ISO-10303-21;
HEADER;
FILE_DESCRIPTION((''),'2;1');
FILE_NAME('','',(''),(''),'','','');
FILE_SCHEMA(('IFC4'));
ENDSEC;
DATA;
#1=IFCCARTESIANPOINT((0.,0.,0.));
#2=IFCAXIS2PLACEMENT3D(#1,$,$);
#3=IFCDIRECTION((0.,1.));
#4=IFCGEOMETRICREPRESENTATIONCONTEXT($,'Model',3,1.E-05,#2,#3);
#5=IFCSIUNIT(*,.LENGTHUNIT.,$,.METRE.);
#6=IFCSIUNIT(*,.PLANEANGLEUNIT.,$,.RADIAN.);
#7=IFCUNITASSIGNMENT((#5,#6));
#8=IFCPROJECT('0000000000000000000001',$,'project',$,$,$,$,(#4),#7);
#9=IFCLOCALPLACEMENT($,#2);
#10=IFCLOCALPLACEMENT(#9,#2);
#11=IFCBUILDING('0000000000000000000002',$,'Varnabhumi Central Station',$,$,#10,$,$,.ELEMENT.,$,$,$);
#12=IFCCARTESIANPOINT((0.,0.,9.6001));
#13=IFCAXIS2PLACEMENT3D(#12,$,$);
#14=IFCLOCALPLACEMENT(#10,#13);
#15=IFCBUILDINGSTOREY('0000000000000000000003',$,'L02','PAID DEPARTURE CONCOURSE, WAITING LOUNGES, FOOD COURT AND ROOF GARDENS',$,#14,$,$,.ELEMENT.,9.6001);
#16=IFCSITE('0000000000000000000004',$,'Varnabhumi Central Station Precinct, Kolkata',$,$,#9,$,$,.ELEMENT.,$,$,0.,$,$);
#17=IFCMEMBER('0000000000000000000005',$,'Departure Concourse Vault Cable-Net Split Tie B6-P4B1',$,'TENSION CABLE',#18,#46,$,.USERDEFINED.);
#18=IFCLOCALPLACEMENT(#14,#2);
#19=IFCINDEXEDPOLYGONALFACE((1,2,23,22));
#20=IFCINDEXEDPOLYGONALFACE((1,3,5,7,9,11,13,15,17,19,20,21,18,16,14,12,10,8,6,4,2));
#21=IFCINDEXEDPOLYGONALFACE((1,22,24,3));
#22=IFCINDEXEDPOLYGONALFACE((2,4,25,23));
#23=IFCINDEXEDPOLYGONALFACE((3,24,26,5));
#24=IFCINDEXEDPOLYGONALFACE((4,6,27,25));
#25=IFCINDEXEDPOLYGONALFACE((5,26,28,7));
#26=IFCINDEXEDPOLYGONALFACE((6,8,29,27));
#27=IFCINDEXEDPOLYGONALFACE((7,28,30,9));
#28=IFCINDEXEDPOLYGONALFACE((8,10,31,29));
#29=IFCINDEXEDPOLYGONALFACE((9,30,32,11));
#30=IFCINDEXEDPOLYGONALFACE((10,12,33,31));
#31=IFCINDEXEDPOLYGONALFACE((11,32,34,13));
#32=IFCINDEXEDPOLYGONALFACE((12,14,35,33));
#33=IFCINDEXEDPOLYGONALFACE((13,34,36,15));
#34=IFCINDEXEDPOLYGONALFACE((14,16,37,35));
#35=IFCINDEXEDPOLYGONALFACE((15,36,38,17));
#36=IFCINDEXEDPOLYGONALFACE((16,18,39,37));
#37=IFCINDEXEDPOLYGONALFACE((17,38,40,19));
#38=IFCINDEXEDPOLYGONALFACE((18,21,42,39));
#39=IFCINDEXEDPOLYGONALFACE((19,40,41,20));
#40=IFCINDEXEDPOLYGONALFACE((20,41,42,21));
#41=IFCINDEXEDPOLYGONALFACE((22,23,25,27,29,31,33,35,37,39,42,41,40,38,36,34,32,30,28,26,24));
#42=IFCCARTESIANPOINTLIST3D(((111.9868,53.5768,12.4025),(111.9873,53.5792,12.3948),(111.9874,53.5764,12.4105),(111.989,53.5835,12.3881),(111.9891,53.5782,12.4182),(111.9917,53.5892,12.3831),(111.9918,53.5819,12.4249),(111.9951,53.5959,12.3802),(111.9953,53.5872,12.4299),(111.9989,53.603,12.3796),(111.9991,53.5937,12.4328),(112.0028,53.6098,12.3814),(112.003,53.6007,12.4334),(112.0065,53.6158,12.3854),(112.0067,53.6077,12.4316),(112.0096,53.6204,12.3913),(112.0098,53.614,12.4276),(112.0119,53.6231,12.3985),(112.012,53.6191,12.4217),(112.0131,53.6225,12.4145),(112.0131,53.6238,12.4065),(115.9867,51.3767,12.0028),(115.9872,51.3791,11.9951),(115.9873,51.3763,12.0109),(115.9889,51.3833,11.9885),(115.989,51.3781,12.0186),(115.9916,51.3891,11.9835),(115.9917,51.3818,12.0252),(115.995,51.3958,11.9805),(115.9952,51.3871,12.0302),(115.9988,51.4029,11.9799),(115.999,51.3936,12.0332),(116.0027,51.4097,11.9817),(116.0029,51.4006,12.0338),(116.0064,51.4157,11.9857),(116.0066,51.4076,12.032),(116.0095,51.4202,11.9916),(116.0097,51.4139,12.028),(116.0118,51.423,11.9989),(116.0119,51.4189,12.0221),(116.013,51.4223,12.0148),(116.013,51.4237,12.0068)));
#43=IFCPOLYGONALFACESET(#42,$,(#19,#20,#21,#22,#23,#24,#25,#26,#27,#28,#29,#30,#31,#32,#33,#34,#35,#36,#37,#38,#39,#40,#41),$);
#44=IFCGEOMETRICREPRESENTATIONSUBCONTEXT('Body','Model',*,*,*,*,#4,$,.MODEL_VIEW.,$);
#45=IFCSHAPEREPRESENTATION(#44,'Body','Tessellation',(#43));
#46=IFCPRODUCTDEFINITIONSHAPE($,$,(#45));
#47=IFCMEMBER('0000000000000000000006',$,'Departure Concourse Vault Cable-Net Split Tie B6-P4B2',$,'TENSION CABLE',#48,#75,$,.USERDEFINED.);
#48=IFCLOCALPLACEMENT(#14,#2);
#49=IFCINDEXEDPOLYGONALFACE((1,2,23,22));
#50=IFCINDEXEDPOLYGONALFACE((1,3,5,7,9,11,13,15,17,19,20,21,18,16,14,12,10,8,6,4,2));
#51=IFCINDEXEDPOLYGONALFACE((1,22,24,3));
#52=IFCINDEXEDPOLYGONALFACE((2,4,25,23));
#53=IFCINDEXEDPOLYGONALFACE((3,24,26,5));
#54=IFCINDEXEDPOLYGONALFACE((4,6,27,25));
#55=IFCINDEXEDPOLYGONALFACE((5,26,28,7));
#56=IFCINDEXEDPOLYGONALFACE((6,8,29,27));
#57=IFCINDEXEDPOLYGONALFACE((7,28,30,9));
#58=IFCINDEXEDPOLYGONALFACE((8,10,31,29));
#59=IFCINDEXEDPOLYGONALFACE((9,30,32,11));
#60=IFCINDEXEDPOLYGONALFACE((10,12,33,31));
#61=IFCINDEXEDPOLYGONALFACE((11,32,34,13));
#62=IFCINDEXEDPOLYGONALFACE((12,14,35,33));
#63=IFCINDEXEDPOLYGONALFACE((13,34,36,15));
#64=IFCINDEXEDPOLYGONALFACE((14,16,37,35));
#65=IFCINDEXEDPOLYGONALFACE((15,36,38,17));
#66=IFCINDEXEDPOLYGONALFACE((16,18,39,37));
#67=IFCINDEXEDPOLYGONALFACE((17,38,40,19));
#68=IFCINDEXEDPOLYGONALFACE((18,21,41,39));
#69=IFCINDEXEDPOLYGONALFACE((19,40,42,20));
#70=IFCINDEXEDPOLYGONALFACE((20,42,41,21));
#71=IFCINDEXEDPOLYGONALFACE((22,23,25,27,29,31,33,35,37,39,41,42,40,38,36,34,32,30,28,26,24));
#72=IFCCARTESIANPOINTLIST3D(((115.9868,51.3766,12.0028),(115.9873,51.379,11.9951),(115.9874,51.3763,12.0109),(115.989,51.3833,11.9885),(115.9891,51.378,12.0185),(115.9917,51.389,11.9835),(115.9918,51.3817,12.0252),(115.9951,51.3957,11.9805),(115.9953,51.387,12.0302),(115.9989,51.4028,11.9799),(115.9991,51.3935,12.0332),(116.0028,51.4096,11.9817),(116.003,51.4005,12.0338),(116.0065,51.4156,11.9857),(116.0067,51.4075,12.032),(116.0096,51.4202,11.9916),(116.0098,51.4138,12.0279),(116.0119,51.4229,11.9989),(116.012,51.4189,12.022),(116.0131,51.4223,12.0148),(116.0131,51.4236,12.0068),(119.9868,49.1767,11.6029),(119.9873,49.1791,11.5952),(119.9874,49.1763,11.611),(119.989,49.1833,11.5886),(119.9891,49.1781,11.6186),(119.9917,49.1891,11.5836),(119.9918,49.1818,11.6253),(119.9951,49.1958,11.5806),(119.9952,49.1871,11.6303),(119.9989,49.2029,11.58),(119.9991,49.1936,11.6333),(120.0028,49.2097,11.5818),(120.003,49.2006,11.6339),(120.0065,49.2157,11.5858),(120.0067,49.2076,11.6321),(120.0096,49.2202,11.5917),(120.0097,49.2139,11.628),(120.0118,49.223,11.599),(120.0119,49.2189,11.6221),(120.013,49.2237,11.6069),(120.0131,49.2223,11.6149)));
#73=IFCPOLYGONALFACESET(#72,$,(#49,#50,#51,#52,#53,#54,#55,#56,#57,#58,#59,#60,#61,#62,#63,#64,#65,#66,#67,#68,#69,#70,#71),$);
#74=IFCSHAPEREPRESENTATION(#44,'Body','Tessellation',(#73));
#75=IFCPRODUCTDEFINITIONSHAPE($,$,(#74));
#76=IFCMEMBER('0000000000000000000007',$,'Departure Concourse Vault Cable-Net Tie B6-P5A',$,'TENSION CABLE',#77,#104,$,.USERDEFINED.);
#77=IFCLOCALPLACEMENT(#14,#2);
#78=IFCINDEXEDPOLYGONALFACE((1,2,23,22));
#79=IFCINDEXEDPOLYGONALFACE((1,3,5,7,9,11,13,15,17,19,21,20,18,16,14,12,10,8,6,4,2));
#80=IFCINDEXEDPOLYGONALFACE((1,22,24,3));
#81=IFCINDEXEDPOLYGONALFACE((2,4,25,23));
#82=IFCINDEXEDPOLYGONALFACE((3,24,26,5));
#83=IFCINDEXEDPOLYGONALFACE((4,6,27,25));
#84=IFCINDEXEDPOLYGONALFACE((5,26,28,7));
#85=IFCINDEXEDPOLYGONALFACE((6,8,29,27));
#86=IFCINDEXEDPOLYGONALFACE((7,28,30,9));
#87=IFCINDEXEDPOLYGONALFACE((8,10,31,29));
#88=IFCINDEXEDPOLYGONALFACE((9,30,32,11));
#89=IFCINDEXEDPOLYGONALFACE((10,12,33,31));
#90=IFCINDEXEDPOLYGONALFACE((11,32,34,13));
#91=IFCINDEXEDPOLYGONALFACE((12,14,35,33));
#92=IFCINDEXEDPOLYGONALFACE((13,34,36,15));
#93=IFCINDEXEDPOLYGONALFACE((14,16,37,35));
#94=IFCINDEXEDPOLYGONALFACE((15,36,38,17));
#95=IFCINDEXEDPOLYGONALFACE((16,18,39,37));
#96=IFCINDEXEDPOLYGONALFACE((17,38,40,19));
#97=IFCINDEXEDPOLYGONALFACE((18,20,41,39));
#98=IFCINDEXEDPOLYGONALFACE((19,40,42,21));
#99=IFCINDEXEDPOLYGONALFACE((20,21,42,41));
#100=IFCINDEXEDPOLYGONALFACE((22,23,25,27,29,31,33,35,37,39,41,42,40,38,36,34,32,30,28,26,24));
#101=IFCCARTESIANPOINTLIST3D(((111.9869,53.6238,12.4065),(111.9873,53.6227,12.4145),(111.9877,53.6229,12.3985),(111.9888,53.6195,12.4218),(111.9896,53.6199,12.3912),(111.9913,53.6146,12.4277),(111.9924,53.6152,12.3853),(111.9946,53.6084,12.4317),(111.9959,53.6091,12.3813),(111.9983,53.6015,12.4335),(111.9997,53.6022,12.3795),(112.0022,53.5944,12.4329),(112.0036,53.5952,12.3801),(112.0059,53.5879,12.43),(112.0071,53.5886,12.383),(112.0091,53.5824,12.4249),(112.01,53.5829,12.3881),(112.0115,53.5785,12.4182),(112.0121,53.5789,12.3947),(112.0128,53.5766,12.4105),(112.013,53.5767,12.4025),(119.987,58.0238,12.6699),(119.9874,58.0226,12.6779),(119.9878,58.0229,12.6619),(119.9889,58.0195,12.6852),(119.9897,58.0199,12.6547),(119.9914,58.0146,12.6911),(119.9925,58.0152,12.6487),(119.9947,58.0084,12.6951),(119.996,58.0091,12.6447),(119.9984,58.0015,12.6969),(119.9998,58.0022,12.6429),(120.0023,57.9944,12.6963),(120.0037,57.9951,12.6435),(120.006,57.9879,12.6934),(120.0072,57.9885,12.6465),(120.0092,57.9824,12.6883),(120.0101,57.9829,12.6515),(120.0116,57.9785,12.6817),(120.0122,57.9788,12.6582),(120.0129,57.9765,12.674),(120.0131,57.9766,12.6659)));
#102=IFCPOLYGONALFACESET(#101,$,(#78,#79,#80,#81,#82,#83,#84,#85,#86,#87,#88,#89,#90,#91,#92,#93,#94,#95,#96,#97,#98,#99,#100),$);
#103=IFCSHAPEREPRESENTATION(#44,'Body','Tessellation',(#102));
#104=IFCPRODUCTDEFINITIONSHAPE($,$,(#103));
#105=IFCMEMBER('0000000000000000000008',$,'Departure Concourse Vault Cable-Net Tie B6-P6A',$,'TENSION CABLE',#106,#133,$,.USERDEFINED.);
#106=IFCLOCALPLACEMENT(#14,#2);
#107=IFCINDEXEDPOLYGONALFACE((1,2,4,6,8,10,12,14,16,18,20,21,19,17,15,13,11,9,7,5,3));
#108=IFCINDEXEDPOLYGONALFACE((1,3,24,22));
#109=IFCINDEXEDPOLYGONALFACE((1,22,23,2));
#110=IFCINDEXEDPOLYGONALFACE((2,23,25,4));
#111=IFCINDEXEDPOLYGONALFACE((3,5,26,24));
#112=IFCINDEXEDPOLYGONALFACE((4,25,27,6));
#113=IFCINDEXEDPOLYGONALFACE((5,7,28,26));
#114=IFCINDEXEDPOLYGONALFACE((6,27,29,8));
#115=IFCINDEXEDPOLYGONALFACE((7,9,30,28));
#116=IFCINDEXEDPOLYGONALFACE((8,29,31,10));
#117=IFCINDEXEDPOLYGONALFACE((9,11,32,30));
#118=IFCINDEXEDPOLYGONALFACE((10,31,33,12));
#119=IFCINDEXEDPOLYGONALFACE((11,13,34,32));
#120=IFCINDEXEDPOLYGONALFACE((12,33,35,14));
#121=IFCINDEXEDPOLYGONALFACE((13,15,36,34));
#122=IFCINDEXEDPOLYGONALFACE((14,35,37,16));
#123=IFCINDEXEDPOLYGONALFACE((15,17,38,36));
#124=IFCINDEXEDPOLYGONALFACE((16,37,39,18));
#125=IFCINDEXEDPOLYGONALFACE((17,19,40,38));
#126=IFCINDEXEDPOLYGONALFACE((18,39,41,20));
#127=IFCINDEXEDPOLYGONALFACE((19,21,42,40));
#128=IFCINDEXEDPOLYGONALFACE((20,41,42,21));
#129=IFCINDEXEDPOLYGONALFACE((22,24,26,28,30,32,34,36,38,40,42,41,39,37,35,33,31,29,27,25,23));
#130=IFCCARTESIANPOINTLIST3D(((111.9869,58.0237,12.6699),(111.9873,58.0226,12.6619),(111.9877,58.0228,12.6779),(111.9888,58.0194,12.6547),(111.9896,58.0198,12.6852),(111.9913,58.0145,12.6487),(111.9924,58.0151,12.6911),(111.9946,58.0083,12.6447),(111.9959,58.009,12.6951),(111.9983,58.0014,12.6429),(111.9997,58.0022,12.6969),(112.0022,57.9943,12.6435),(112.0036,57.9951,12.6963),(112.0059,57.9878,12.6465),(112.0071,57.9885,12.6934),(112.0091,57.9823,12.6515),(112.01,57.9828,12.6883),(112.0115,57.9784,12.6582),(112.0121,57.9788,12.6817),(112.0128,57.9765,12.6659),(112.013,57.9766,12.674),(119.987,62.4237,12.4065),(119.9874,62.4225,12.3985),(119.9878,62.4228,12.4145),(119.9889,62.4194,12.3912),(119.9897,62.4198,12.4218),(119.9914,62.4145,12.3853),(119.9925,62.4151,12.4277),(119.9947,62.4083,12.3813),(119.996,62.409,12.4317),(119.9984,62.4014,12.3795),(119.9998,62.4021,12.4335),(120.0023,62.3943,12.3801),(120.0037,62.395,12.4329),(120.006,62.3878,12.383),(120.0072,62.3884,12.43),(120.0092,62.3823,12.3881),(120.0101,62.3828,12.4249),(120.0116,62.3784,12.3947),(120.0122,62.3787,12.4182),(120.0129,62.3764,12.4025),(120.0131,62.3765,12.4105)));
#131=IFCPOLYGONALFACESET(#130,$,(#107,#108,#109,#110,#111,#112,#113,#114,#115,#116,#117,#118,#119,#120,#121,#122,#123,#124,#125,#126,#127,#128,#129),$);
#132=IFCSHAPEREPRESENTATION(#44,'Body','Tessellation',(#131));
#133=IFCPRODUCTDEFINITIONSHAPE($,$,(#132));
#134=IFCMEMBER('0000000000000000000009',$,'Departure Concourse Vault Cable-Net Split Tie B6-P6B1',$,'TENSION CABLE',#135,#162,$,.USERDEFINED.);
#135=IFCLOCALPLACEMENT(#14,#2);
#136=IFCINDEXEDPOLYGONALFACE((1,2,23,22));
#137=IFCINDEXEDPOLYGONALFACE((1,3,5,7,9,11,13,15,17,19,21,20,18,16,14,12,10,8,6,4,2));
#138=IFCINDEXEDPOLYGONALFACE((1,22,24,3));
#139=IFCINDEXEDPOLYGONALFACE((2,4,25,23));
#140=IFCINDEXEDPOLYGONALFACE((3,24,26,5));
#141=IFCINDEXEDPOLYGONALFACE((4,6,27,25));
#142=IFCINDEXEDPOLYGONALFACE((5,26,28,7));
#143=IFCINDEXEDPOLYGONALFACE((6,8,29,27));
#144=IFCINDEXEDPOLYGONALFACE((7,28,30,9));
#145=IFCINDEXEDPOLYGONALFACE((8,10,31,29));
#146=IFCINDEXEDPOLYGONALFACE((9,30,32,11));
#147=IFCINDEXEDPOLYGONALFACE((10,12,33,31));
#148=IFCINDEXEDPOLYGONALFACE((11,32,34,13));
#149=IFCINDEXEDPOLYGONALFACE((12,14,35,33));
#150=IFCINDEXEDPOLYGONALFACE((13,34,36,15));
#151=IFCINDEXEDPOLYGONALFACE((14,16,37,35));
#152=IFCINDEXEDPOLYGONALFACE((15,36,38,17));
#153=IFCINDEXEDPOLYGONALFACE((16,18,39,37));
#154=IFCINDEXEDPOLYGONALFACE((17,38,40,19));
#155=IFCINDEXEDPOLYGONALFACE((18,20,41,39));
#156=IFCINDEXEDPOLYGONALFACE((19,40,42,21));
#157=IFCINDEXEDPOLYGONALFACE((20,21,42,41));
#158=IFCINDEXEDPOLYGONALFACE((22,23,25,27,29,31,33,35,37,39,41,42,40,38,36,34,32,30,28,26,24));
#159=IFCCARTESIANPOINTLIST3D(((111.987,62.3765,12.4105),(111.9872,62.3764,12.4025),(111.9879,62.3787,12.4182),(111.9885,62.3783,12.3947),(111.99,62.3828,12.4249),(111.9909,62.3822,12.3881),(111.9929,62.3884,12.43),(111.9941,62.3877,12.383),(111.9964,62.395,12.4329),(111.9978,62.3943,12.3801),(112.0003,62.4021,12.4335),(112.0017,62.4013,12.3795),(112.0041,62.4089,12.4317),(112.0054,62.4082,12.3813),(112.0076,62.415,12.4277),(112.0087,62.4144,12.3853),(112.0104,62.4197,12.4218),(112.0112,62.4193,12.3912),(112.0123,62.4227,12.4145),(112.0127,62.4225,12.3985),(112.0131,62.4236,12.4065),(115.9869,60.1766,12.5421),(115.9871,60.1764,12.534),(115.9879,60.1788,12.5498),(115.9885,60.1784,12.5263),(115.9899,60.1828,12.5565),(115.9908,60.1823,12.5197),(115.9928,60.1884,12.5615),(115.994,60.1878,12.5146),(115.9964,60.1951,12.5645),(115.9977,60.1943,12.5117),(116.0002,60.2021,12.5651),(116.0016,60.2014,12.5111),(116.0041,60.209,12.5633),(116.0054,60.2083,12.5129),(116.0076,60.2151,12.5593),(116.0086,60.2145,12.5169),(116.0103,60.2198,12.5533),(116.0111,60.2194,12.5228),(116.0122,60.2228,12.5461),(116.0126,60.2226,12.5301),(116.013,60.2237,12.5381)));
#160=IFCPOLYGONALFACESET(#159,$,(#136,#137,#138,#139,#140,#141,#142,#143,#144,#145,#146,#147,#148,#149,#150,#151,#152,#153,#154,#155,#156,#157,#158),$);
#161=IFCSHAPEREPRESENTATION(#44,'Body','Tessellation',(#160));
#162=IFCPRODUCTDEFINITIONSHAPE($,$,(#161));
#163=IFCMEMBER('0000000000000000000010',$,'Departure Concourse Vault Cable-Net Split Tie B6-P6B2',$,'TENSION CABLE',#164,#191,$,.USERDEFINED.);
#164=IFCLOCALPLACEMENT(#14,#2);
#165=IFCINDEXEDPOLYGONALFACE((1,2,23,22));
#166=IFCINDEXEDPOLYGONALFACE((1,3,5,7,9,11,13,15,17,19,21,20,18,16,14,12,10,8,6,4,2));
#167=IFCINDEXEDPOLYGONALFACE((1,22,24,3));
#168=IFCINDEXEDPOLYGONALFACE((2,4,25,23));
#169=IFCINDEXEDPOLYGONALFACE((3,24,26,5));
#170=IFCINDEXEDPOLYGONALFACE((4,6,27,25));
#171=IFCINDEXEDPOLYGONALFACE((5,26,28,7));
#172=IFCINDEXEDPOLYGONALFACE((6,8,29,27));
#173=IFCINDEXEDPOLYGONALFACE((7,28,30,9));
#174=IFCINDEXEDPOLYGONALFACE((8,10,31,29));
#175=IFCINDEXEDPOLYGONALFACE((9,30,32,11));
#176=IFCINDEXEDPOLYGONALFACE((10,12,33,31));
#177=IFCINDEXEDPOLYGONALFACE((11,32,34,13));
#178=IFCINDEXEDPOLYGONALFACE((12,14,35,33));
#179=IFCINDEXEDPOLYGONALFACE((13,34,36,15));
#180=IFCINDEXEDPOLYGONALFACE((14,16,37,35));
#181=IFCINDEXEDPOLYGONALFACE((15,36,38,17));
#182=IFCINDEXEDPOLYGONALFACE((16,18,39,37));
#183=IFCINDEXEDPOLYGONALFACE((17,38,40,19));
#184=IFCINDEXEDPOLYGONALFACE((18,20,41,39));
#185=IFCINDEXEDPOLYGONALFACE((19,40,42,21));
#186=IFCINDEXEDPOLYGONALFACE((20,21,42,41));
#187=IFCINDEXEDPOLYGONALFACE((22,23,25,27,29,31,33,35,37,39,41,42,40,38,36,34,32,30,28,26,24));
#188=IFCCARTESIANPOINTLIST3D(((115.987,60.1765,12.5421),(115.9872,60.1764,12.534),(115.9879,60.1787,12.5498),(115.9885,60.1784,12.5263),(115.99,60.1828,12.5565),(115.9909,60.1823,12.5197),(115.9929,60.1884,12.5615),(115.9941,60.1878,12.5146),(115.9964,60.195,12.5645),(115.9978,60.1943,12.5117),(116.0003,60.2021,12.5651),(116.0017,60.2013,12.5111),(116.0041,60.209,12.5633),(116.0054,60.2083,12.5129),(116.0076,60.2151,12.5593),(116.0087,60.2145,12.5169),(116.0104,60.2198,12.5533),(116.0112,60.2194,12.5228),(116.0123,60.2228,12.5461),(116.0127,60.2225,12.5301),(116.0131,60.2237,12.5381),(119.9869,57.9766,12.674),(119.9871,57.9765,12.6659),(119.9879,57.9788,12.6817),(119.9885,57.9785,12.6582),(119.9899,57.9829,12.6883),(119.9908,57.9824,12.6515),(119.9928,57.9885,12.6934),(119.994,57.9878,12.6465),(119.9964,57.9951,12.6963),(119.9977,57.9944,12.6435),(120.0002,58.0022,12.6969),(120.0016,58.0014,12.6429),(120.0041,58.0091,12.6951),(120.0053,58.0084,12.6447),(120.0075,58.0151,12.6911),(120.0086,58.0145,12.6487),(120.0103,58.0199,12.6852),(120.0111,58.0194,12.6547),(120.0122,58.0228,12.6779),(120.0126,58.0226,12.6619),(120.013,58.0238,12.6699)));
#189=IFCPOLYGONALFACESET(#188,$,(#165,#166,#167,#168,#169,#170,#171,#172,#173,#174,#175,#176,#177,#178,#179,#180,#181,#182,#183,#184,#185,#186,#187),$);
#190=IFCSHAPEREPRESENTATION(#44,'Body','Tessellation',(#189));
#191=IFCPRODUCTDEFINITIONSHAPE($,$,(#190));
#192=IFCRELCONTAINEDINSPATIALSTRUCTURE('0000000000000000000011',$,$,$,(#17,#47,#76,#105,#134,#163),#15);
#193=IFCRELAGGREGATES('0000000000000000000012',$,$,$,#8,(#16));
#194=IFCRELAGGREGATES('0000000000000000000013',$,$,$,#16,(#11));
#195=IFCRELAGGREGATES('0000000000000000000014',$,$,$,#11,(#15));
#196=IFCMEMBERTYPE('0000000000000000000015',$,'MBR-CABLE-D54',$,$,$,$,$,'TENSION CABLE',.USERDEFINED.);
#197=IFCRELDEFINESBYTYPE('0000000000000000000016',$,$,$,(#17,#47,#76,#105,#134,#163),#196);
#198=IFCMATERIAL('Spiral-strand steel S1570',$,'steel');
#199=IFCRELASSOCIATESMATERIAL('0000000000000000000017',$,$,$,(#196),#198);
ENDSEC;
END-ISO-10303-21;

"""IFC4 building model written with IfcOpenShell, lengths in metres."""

from ifc_helpers import new_model, si_unit, direction, frame, origin, origin_2d, place, context, subcontext, project, spatial, circle, extrude, material, material_profile, profile_set, type_object, element, save


model = new_model("IFC4")

# Units and contexts
model_context = context("Model", 3, precision=1e-05, world=origin(), true_north=direction((0.0, 1.0)))
body_context = subcontext(model_context, "Body", "Model", "MODEL_VIEW")
ifc_project = project(units=[si_unit("LENGTHUNIT", "METRE"), si_unit("PLANEANGLEUNIT", "RADIAN")], contexts=[model_context])

# Site, building, storey
site_placement = place(None, origin())
site = spatial("IfcSite", under=ifc_project, at=site_placement, Name="Varnabhumi Central Station Precinct, Kolkata", CompositionType="ELEMENT", RefElevation=0.0)
building_placement = place(site_placement, origin())
building = spatial("IfcBuilding", under=site, at=building_placement, Name="Varnabhumi Central Station", CompositionType="ELEMENT")
storey_placement = place(building_placement, frame((0.0, 0.0, 9.6001)))
storey = spatial("IfcBuildingStorey", under=building, at=storey_placement, Name="L02", Description="PAID DEPARTURE CONCOURSE, WAITING LOUNGES, FOOD COURT AND ROOF GARDENS", CompositionType="ELEMENT", Elevation=9.6001)

# Members
ifc_material_1 = material(Name="Spiral-strand steel S1570", Category="steel")
ifc_material_profile_1 = material_profile(ifc_material_1, circle(Radius=0.0271, at=origin_2d()), Name="Spiral-strand steel S1570", Category="steel")
ifc_profile_set_1 = profile_set([ifc_material_profile_1], Name="Spiral-strand steel S1570")
member_type = type_object("IfcMemberType", Name="MBR-CABLE-D54", ElementType="TENSION CABLE", PredefinedType="USERDEFINED", material=ifc_profile_set_1)
for number, where, z_axis, x_axis, name in (
    (1, (112.0, 53.6001, 12.4065), (0.872859, -0.480115, -0.087211), (0.481952, 0.876198, 0.0), "Departure Concourse Vault Cable-Net Split Tie B6-P4B1"),
    (2, (116.0, 51.3999, 12.0068), (0.872878, -0.480072, -0.087266), (0.481911, 0.87622, 0.0), "Departure Concourse Vault Cable-Net Split Tie B6-P4B2"),
):
    element("IfcMember", number, at=place(storey_placement, frame(where, z_axis=z_axis, x_axis=x_axis)), inside=storey, type_object=member_type, Name=name, ObjectType="TENSION CABLE", PredefinedType="USERDEFINED", context=body_context, shape_type="SweptSolid", body=[
        extrude(circle(Radius=0.0271, at=origin_2d()), origin(), (0.0, 0.0, 1.0), 4.5825),
    ])
for number, where, z_axis, x_axis, name in (
    (3, (112.0, 53.6001, 12.4065), (0.875856, 0.48171, 0.028841), (-0.481911, 0.87622, 0.0), "Departure Concourse Vault Cable-Net Tie B6-P5A"),
    (4, (112.0, 58.0, 12.6699), (0.875856, 0.48171, -0.028841), (-0.481911, 0.87622, 0.0), "Departure Concourse Vault Cable-Net Tie B6-P6A"),
):
    element("IfcMember", number, at=place(storey_placement, frame(where, z_axis=z_axis, x_axis=x_axis)), inside=storey, type_object=member_type, Name=name, ObjectType="TENSION CABLE", PredefinedType="USERDEFINED", context=body_context, shape_type="SweptSolid", body=[
        extrude(circle(Radius=0.0271, at=origin_2d()), origin(), (0.0, 0.0, 1.0), 9.134),
    ])
for number, where, z_axis, x_axis, name in (
    (5, (112.0, 62.3999, 12.4065), (0.875857, -0.48171, 0.028814), (0.481911, 0.87622, 0.0), "Departure Concourse Vault Cable-Net Split Tie B6-P6B1"),
    (6, (116.0, 60.2, 12.5381), (0.875855, -0.48171, 0.028867), (0.481911, 0.87622, 0.0), "Departure Concourse Vault Cable-Net Split Tie B6-P6B2"),
):
    element("IfcMember", number, at=place(storey_placement, frame(where, z_axis=z_axis, x_axis=x_axis)), inside=storey, type_object=member_type, Name=name, ObjectType="TENSION CABLE", PredefinedType="USERDEFINED", context=body_context, shape_type="SweptSolid", body=[
        extrude(circle(Radius=0.0271, at=origin_2d()), origin(), (0.0, 0.0, 1.0), 4.5669),
    ])

save(model, "model.ifc")
